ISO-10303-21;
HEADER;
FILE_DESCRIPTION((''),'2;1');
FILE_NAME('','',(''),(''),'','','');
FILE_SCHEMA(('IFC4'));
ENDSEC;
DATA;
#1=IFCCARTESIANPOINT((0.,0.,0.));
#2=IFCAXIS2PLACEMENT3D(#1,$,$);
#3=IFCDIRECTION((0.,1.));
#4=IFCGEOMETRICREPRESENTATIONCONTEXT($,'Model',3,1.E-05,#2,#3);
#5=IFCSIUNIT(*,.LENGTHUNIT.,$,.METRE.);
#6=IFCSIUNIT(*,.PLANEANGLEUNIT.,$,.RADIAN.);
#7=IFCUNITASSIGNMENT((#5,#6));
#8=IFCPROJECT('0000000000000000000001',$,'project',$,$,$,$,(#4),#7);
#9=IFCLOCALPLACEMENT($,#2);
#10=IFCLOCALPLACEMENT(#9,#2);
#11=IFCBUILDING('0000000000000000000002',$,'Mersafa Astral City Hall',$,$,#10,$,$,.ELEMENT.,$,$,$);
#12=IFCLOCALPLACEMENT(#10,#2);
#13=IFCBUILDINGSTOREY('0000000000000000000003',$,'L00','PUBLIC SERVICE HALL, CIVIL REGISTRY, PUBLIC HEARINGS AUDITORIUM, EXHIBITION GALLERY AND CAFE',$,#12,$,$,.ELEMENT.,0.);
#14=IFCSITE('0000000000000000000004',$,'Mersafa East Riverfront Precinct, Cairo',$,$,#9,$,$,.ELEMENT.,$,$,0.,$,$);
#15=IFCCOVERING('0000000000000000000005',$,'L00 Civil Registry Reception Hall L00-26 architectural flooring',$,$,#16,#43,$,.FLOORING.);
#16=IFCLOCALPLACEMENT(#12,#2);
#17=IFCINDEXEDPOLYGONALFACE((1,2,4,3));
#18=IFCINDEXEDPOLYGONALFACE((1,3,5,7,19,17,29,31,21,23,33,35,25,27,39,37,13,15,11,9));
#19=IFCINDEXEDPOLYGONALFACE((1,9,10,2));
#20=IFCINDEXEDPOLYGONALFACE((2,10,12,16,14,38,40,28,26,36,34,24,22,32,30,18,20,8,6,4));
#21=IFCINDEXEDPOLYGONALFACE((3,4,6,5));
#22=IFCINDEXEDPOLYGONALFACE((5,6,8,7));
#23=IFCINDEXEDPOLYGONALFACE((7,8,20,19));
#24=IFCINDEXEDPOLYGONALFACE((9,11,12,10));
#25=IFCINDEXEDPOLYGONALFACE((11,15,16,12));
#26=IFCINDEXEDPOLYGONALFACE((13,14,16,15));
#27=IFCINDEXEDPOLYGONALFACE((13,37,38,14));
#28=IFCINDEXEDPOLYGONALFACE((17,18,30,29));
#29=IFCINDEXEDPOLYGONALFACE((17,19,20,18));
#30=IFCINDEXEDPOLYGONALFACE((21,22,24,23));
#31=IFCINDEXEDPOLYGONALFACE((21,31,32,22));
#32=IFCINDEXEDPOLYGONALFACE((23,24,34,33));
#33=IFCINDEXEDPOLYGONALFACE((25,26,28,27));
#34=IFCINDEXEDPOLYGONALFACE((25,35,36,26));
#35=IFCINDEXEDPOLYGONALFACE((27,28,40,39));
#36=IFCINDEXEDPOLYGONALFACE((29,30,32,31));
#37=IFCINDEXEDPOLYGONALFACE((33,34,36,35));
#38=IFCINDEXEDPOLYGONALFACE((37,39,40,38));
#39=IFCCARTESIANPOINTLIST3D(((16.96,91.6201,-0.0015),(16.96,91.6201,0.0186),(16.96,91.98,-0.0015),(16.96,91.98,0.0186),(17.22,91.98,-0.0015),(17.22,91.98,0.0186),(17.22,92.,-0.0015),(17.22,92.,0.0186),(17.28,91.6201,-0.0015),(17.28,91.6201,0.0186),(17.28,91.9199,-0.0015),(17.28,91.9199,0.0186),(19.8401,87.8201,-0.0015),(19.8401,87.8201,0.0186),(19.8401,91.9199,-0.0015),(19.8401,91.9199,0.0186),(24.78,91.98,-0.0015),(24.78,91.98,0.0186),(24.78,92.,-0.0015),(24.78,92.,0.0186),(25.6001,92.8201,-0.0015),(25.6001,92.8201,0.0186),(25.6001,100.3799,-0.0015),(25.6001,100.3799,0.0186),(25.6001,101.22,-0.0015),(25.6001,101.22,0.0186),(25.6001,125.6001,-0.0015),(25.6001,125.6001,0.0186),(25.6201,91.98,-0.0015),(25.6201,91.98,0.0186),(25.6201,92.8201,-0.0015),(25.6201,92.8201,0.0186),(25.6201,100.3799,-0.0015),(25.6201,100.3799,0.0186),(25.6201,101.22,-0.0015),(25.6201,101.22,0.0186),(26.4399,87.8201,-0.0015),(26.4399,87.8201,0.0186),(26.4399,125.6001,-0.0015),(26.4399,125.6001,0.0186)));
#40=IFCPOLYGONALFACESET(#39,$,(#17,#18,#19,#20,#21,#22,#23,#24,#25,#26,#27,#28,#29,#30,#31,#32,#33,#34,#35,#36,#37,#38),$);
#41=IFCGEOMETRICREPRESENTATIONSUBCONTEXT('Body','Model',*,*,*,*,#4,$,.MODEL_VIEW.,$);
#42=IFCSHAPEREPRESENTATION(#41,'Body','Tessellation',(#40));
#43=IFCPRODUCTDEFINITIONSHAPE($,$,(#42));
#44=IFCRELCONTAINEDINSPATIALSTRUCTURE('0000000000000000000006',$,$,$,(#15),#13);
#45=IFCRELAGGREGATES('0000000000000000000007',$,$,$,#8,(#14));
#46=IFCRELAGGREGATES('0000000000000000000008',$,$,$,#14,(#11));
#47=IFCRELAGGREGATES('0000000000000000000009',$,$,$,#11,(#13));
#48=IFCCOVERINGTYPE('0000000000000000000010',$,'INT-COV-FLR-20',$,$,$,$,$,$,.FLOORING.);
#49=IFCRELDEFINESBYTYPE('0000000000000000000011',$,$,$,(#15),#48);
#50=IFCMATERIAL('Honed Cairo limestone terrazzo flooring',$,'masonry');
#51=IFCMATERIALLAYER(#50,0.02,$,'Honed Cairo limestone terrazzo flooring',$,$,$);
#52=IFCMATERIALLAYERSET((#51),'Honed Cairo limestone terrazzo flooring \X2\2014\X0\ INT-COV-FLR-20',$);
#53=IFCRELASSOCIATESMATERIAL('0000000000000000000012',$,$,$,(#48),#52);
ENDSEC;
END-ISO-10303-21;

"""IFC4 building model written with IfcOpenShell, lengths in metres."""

from ifc_helpers import new_model, si_unit, direction, frame, origin, place, context, subcontext, project, spatial, polyline, outline, extrude, material, layer, layer_set, type_object, element, save


model = new_model("IFC4")

# Units and contexts
model_context = context("Model", 3, precision=1e-05, world=origin(), true_north=direction((0.0, 1.0)))
body_context = subcontext(model_context, "Body", "Model", "MODEL_VIEW")
ifc_project = project(units=[si_unit("LENGTHUNIT", "METRE"), si_unit("PLANEANGLEUNIT", "RADIAN")], contexts=[model_context])

# Site, building, storey
site_placement = place(None, origin())
site = spatial("IfcSite", under=ifc_project, at=site_placement, Name="Mersafa East Riverfront Precinct, Cairo", CompositionType="ELEMENT", RefElevation=0.0)
building_placement = place(site_placement, origin())
building = spatial("IfcBuilding", under=site, at=building_placement, Name="Mersafa Astral City Hall", CompositionType="ELEMENT")
storey_placement = place(building_placement, origin())
storey = spatial("IfcBuildingStorey", under=building, at=storey_placement, Name="L00", Description="PUBLIC SERVICE HALL, CIVIL REGISTRY, PUBLIC HEARINGS AUDITORIUM, EXHIBITION GALLERY AND CAFE", CompositionType="ELEMENT", Elevation=0.0)

# Covering
ifc_material_1 = material(Name="Honed Cairo limestone terrazzo flooring", Category="masonry")
ifc_layer_1 = layer(ifc_material_1, 0.02, Name="Honed Cairo limestone terrazzo flooring")
ifc_layer_set_1 = layer_set([ifc_layer_1], Name="Honed Cairo limestone terrazzo flooring — INT-COV-FLR-20")
covering_type_1 = type_object("IfcCoveringType", Name="INT-COV-FLR-20", PredefinedType="FLOORING", material=ifc_layer_set_1)
covering_1_placement = place(storey_placement, frame((0.0, 0.0, -0.0015)))
element("IfcCovering", 1, at=covering_1_placement, inside=storey, type_object=covering_type_1, Name="L00 Civil Registry Reception Hall L00-26 architectural flooring", PredefinedType="FLOORING", context=body_context, shape_type="SweptSolid", body=[
    extrude(outline(polyline([(24.78, 92.0), (24.78, 91.98), (25.6201, 91.98), (25.6201, 92.8201), (25.6001, 92.8201), (25.6001, 100.3799), (25.6201, 100.3799), (25.6201, 101.22), (25.6001, 101.22), (25.6001, 125.6001), (26.4399, 125.6001), (26.4399, 87.8201), (19.8401, 87.8201), (19.8401, 91.9199), (17.28, 91.9199), (17.28, 91.6201), (16.96, 91.6201), (16.96, 91.98), (17.22, 91.98), (17.22, 92.0), (24.78, 92.0)])), origin(), (0.0, 0.0, 1.0), 0.02),
])

save(model, "model.ifc")
